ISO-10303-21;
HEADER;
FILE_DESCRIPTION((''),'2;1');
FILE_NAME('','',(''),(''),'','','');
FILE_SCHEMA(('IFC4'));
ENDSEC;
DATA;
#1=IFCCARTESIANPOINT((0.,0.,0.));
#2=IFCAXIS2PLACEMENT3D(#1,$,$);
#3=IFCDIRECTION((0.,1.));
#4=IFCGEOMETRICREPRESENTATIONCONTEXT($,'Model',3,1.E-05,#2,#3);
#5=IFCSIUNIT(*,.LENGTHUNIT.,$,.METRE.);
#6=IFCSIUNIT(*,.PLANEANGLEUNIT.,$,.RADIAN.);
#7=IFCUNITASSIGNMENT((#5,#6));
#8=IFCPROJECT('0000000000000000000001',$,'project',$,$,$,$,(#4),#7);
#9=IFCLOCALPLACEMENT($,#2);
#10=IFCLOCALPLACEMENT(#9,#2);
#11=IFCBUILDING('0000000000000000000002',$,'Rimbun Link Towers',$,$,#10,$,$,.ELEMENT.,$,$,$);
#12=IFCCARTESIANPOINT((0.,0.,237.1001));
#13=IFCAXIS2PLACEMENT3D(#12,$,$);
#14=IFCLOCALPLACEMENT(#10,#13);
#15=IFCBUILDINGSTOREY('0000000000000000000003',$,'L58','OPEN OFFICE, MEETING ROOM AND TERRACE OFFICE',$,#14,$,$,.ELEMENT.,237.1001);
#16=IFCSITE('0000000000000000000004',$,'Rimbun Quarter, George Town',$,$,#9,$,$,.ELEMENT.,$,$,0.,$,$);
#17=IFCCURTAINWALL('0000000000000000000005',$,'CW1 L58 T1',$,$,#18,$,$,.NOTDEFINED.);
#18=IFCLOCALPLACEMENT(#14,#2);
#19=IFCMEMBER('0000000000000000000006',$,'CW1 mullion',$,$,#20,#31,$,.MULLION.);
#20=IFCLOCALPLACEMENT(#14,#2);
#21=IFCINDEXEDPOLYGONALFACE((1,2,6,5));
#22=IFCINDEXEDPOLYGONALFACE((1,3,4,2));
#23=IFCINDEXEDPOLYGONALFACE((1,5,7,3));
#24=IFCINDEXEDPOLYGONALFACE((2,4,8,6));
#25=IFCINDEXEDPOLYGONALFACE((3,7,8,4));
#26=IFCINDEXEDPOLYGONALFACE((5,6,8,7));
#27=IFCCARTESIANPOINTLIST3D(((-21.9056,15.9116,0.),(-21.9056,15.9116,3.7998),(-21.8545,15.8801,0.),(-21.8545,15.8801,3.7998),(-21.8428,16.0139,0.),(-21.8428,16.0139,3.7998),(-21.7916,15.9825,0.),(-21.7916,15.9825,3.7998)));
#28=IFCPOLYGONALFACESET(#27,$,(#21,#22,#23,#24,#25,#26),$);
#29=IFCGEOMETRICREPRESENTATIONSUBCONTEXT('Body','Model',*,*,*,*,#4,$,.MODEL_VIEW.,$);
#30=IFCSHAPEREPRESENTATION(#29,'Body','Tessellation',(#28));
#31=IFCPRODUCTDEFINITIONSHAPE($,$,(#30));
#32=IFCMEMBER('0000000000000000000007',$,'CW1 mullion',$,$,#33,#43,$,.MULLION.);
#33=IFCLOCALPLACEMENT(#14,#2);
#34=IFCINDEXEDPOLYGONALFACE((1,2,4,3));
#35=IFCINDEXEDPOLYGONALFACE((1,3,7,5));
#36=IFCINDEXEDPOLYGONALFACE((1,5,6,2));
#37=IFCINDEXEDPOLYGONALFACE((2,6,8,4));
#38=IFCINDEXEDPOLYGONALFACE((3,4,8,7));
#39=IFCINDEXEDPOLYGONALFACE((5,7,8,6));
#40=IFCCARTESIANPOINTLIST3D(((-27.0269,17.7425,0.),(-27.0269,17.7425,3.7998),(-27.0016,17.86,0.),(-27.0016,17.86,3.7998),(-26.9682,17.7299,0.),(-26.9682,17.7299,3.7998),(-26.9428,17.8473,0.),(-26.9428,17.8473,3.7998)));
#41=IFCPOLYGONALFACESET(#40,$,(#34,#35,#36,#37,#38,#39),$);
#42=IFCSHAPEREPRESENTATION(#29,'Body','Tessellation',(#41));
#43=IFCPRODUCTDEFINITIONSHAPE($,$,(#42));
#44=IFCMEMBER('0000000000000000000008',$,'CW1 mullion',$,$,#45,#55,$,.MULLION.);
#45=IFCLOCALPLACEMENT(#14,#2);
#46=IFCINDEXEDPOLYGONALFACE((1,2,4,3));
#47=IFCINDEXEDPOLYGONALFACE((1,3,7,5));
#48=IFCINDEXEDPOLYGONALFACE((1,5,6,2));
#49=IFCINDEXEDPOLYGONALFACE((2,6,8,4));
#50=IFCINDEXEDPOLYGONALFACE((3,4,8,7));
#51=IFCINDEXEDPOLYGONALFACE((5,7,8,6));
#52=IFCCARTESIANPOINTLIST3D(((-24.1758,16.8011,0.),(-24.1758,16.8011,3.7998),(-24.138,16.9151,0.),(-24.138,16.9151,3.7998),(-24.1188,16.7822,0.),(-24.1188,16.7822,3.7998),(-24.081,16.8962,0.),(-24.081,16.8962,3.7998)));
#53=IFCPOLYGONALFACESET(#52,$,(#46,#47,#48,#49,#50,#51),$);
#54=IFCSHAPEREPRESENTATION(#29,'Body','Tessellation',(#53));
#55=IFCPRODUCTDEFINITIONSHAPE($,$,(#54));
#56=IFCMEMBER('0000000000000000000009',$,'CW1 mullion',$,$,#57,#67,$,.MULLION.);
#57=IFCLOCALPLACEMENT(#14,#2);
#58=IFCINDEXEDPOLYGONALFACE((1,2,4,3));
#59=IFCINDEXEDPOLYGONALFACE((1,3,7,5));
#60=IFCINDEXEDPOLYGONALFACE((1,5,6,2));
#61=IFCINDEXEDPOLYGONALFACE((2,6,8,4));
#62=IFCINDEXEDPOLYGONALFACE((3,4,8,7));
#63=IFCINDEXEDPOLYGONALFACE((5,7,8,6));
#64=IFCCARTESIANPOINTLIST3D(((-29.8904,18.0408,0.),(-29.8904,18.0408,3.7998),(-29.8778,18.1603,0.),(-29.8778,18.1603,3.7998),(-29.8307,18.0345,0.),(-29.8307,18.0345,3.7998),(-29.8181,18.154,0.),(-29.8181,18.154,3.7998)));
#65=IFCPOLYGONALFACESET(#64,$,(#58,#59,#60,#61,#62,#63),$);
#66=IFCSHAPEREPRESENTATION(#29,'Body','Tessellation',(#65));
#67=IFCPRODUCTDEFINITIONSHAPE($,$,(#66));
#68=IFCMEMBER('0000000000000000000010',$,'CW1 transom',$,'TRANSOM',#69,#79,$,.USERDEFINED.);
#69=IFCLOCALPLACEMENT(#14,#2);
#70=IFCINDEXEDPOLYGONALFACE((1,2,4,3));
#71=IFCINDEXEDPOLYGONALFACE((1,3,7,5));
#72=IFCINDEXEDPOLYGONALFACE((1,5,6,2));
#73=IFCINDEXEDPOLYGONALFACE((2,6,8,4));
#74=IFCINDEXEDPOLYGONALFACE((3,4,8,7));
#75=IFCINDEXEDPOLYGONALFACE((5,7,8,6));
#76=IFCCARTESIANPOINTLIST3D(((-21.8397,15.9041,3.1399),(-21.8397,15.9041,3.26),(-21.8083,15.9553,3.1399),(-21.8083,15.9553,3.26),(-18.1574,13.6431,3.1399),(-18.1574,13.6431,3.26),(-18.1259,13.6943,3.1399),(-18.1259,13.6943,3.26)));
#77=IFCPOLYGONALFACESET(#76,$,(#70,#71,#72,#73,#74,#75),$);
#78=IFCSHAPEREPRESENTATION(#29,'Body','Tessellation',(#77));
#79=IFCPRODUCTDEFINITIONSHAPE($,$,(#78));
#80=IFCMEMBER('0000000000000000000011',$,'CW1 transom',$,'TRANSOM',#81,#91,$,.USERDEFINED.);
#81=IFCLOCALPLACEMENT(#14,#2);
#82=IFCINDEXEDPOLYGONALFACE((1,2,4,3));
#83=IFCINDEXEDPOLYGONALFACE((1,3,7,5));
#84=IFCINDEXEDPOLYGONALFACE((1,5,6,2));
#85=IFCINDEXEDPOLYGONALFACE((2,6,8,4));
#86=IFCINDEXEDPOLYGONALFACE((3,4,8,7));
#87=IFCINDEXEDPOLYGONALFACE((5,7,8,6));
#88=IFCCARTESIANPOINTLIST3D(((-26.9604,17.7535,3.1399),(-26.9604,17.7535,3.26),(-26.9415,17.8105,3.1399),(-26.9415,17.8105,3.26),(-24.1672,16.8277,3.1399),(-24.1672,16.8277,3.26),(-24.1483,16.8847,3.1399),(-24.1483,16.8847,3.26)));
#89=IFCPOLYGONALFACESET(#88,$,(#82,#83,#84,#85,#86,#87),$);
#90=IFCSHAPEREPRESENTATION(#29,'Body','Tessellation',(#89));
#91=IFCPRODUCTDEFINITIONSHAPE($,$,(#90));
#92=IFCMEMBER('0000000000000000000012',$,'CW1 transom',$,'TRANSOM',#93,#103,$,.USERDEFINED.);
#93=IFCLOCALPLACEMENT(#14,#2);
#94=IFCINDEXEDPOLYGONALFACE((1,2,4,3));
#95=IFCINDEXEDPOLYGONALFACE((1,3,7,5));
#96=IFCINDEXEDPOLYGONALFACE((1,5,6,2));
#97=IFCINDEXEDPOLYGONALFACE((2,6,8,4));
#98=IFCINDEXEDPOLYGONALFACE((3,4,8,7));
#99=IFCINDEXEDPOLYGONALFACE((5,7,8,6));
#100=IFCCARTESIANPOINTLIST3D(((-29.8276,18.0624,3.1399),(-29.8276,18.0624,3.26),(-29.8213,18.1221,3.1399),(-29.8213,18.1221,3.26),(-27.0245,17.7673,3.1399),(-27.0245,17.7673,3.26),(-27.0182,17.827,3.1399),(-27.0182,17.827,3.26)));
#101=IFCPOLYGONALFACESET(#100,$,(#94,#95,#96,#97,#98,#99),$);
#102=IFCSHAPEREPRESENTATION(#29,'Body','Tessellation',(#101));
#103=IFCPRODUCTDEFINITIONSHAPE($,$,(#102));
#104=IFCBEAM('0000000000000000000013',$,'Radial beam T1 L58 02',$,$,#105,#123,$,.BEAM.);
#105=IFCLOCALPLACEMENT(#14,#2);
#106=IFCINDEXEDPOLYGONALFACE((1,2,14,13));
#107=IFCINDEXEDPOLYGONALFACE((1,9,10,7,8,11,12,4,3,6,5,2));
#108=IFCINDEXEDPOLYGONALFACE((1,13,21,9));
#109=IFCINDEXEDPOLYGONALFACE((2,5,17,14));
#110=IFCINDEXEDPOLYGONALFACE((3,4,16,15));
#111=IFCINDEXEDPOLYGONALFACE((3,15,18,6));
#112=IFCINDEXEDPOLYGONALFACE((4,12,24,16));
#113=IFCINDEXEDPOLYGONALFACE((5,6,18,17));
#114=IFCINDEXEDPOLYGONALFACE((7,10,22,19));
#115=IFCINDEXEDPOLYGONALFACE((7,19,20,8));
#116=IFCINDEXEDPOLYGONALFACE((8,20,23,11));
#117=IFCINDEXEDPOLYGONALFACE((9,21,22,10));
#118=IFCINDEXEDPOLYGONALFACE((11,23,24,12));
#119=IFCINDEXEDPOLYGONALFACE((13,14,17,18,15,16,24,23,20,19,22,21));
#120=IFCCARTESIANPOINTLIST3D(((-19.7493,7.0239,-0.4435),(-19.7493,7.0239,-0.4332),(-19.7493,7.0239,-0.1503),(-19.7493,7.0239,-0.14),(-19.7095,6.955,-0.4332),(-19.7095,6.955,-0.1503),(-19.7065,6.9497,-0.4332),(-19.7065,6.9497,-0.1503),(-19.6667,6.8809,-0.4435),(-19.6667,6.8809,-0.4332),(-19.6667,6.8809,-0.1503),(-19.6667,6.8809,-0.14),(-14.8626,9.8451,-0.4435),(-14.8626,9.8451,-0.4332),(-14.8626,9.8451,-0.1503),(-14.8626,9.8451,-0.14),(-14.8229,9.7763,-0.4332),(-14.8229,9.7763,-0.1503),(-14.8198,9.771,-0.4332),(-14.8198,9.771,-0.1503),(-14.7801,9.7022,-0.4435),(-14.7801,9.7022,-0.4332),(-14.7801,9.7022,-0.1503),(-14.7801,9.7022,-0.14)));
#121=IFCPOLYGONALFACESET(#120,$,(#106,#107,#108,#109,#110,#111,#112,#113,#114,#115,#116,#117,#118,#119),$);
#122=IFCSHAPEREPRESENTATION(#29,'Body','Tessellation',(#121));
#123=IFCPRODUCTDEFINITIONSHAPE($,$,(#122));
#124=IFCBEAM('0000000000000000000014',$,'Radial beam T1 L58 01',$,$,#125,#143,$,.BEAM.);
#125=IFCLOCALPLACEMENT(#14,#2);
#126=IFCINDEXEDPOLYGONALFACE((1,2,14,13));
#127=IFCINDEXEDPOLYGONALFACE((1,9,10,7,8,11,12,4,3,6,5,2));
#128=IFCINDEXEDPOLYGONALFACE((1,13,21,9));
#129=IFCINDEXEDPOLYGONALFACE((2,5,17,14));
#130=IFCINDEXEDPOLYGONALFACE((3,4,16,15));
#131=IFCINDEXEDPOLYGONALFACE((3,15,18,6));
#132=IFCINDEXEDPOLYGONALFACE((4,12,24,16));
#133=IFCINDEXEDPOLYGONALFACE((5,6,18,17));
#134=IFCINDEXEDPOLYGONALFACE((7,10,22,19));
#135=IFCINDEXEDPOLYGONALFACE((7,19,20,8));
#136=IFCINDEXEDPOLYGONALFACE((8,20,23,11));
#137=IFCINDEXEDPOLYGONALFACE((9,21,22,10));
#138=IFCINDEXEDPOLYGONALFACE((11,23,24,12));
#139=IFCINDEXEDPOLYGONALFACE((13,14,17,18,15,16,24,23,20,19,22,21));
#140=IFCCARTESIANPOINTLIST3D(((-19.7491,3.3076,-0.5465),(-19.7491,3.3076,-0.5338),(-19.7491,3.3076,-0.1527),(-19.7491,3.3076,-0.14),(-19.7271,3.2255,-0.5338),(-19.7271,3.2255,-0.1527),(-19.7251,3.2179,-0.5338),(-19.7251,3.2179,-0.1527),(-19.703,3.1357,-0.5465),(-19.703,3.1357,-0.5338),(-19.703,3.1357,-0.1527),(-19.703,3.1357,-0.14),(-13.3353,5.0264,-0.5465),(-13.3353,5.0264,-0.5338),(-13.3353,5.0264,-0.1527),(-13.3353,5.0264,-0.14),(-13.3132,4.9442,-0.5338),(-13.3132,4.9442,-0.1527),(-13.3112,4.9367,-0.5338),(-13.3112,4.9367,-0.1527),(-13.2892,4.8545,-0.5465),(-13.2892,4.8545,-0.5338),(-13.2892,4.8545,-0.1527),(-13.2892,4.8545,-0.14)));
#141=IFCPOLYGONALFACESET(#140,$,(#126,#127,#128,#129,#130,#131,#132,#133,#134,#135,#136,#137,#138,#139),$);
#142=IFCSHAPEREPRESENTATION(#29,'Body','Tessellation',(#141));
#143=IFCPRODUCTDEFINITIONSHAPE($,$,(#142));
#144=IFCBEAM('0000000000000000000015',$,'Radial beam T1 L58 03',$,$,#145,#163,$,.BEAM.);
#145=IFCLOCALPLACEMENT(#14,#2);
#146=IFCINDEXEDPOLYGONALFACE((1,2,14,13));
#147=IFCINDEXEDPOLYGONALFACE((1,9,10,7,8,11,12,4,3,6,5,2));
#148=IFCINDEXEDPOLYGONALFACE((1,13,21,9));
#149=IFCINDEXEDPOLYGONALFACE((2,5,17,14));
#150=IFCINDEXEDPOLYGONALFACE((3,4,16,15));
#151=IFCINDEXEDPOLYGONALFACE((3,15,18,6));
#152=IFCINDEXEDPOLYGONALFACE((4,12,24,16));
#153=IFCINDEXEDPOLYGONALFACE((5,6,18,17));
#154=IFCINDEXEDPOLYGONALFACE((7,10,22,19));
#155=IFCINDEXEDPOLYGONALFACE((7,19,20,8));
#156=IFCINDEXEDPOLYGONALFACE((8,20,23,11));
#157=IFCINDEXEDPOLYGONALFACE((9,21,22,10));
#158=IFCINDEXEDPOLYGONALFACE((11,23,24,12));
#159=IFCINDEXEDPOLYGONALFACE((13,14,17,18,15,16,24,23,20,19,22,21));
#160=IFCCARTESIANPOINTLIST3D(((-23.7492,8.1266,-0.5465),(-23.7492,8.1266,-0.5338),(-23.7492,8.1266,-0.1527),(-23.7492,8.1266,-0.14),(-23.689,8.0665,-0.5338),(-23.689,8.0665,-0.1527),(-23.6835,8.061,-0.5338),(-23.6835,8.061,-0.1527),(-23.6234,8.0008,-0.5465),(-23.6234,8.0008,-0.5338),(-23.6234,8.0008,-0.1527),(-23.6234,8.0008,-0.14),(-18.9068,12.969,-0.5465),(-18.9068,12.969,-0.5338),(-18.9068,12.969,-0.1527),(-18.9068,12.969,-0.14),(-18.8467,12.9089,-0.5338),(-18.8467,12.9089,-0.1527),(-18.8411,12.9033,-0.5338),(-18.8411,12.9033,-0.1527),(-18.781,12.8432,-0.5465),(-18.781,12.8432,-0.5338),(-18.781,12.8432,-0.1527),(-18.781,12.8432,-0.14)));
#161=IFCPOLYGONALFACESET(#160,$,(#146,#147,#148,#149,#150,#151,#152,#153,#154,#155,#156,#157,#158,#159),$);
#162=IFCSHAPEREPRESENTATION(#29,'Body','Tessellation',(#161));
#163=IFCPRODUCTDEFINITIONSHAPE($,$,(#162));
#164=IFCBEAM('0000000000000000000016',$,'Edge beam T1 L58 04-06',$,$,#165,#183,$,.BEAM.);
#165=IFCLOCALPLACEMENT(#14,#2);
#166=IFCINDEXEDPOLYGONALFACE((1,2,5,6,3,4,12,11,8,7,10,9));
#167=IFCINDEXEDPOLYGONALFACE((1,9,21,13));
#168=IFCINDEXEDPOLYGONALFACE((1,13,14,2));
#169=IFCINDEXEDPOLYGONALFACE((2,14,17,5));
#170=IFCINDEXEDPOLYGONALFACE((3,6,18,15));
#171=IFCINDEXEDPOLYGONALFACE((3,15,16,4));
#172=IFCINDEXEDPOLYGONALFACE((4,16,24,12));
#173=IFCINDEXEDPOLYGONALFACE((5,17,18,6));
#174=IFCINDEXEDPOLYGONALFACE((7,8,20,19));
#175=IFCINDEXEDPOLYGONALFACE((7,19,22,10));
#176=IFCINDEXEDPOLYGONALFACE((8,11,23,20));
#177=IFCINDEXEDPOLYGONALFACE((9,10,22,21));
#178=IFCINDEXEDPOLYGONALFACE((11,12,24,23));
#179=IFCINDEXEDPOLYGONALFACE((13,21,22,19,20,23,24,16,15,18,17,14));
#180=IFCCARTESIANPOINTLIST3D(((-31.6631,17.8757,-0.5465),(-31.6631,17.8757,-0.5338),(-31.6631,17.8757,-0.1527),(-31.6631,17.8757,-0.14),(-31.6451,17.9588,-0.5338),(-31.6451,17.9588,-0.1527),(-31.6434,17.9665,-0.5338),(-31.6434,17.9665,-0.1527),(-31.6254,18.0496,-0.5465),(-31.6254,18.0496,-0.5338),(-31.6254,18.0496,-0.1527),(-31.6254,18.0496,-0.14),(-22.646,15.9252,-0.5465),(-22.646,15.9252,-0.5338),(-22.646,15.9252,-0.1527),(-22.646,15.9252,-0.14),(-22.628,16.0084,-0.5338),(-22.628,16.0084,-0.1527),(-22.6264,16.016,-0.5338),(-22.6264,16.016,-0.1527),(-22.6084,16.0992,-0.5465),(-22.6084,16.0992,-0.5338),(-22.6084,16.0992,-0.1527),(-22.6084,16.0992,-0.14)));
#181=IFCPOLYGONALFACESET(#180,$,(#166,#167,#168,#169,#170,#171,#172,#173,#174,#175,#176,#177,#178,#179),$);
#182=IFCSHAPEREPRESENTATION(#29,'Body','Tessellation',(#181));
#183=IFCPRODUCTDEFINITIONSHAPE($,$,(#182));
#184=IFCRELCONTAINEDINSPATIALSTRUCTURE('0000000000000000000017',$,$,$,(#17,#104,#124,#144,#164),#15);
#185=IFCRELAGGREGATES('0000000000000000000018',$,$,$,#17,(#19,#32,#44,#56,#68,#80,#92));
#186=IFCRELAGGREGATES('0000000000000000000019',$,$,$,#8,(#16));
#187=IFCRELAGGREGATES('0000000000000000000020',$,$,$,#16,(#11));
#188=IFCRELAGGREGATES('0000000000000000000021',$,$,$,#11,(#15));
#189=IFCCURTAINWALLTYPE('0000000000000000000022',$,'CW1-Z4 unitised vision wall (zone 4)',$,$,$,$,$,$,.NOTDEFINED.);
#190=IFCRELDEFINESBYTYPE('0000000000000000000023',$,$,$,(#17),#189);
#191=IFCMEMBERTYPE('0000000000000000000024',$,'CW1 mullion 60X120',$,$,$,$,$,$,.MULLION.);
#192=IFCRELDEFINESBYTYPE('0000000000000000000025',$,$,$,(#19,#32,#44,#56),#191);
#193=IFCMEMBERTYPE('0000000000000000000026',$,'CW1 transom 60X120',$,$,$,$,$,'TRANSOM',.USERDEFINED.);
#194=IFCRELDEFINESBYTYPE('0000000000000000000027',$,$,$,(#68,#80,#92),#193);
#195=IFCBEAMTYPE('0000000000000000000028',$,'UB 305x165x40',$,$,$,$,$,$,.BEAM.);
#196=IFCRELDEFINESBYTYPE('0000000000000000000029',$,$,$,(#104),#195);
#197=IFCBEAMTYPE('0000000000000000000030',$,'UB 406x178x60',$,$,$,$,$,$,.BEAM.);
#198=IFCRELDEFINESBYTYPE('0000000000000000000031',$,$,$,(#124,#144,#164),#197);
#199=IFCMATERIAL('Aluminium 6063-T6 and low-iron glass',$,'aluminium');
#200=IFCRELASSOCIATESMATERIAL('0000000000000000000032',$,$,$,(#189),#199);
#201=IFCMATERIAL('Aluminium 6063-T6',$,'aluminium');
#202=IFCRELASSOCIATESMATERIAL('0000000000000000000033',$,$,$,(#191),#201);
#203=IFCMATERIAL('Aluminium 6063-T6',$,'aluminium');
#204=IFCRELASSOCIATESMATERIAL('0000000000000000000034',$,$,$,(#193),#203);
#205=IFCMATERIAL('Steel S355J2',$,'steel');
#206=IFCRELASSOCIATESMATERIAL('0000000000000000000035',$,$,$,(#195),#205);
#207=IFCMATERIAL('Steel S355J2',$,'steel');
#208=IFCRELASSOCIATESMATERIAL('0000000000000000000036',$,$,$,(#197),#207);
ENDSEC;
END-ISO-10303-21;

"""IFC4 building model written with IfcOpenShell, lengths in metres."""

from ifc_helpers import new_model, si_unit, direction, frame, origin, origin_2d, place, context, subcontext, project, spatial, rectangle, i_section, extrude, material, material_profile, profile_set, type_object, element, aggregate, save


model = new_model("IFC4")

# Units and contexts
model_context = context("Model", 3, precision=1e-05, world=origin(), true_north=direction((0.0, 1.0)))
body_context = subcontext(model_context, "Body", "Model", "MODEL_VIEW")
ifc_project = project(units=[si_unit("LENGTHUNIT", "METRE"), si_unit("PLANEANGLEUNIT", "RADIAN")], contexts=[model_context])

# Site, building, storey
site_placement = place(None, origin())
site = spatial("IfcSite", under=ifc_project, at=site_placement, Name="Rimbun Quarter, George Town", CompositionType="ELEMENT", RefElevation=0.0)
building_placement = place(site_placement, origin())
building = spatial("IfcBuilding", under=site, at=building_placement, Name="Rimbun Link Towers", CompositionType="ELEMENT")
storey_placement = place(building_placement, frame((0.0, 0.0, 237.1001)))
storey = spatial("IfcBuildingStorey", under=building, at=storey_placement, Name="L58", Description="OPEN OFFICE, MEETING ROOM AND TERRACE OFFICE", CompositionType="ELEMENT", Elevation=237.1001)

# Curtain wall, members
ifc_material_1 = material(Name="Aluminium 6063-T6 and low-iron glass", Category="aluminium")
curtain_wall_type = type_object("IfcCurtainWallType", Name="CW1-Z4 unitised vision wall (zone 4)", PredefinedType="NOTDEFINED", material=ifc_material_1)
curtain_wall_placement = place(storey_placement, origin())
curtain_wall = element("IfcCurtainWall", 1, at=curtain_wall_placement, inside=storey, type_object=curtain_wall_type, Name="CW1 L58 T1", PredefinedType="NOTDEFINED")
ifc_material_2 = material(Name="Aluminium 6063-T6", Category="aluminium")
ifc_material_profile_1 = material_profile(ifc_material_2, rectangle(XDim=0.1201, YDim=0.0601, at=origin_2d()), Name="MULLION 60X120")
ifc_profile_set_1 = profile_set([ifc_material_profile_1], Name="Aluminium 6063-T6")
member_type_1 = type_object("IfcMemberType", Name="CW1 mullion 60X120", PredefinedType="MULLION", material=ifc_profile_set_1)
member_1_placement = place(storey_placement, frame((-21.8486, 15.947, 0.0), z_axis=(0.0, 0.0, 1.0), x_axis=(0.52324, 0.852185, 0.0)))
member_1 = element("IfcMember", 2, at=member_1_placement, type_object=member_type_1, Name="CW1 mullion", PredefinedType="MULLION", context=body_context, shape_type="SweptSolid", body=[
    extrude(rectangle(XDim=0.1201, YDim=0.0601, at=origin_2d()), origin(), (0.0, 0.0, 1.0), 3.7998),
])
member_2_placement = place(storey_placement, frame((-26.9849, 17.7949, 0.0), z_axis=(0.0, 0.0, 1.0), x_axis=(0.210871, 0.977514, 0.0)))
member_2 = element("IfcMember", 3, at=member_2_placement, type_object=member_type_1, Name="CW1 mullion", PredefinedType="MULLION", context=body_context, shape_type="SweptSolid", body=[
    extrude(rectangle(XDim=0.1201, YDim=0.0601, at=origin_2d()), origin(), (0.0, 0.0, 1.0), 3.7998),
])
member_3_placement = place(storey_placement, frame((-24.1284, 16.8486, 0.0), z_axis=(0.0, 0.0, 1.0), x_axis=(0.31457, 0.949234, 0.0)))
member_3 = element("IfcMember", 4, at=member_3_placement, type_object=member_type_1, Name="CW1 mullion", PredefinedType="MULLION", context=body_context, shape_type="SweptSolid", body=[
    extrude(rectangle(XDim=0.1201, YDim=0.0601, at=origin_2d()), origin(), (0.0, 0.0, 1.0), 3.7998),
])
member_4_placement = place(storey_placement, frame((-29.8542, 18.0974, 0.0), z_axis=(0.0, 0.0, 1.0), x_axis=(0.104736, 0.9945, 0.0)))
member_4 = element("IfcMember", 5, at=member_4_placement, type_object=member_type_1, Name="CW1 mullion", PredefinedType="MULLION", context=body_context, shape_type="SweptSolid", body=[
    extrude(rectangle(XDim=0.1201, YDim=0.0601, at=origin_2d()), origin(), (0.0, 0.0, 1.0), 3.7998),
])
ifc_material_3 = material(Name="Aluminium 6063-T6", Category="aluminium")
ifc_material_profile_2 = material_profile(ifc_material_3, rectangle(XDim=0.0601, YDim=0.1201, at=origin_2d()), Name="TRANSOM 60X120")
ifc_profile_set_2 = profile_set([ifc_material_profile_2], Name="Aluminium 6063-T6")
member_type_2 = type_object("IfcMemberType", Name="CW1 transom 60X120", ElementType="TRANSOM", PredefinedType="USERDEFINED", material=ifc_profile_set_2)
member_5_placement = place(storey_placement, frame((-21.824, 15.9297, 3.2), z_axis=(0.852184, -0.523243, 0.0), x_axis=(0.523243, 0.852184, 0.0)))
member_5 = element("IfcMember", 6, at=member_5_placement, type_object=member_type_2, Name="CW1 transom", ObjectType="TRANSOM", PredefinedType="USERDEFINED", context=body_context, shape_type="SweptSolid", body=[
    extrude(rectangle(XDim=0.0601, YDim=0.1201, at=origin_2d()), origin(), (0.0, 0.0, 1.0), 4.321),
])
member_6_placement = place(storey_placement, frame((-26.9509, 17.782, 3.2), z_axis=(0.949221, -0.314609, 0.0), x_axis=(0.314609, 0.949221, 0.0)))
member_6 = element("IfcMember", 7, at=member_6_placement, type_object=member_type_2, Name="CW1 transom", ObjectType="TRANSOM", PredefinedType="USERDEFINED", context=body_context, shape_type="SweptSolid", body=[
    extrude(rectangle(XDim=0.0601, YDim=0.1201, at=origin_2d()), origin(), (0.0, 0.0, 1.0), 2.9426),
])
member_7_placement = place(storey_placement, frame((-29.8245, 18.0923, 3.2), z_axis=(0.994502, -0.104716, 0.0), x_axis=(0.104716, 0.994502, 0.0)))
member_7 = element("IfcMember", 8, at=member_7_placement, type_object=member_type_2, Name="CW1 transom", ObjectType="TRANSOM", PredefinedType="USERDEFINED", context=body_context, shape_type="SweptSolid", body=[
    extrude(rectangle(XDim=0.0601, YDim=0.1201, at=origin_2d()), origin(), (0.0, 0.0, 1.0), 2.8186),
])

# Beams
ifc_material_4 = material(Name="Steel S355J2", Category="steel")
ifc_material_profile_3 = material_profile(ifc_material_4, i_section(OverallWidth=0.165, OverallDepth=0.3035, WebThickness=0.0061, FlangeThickness=0.0103, at=origin_2d()), Name="UB 305x165x40")
ifc_profile_set_3 = profile_set([ifc_material_profile_3], Name="Steel S355J2")
beam_type_1 = type_object("IfcBeamType", Name="UB 305x165x40", PredefinedType="BEAM", material=ifc_profile_set_3)
beam_1_placement = place(storey_placement, frame((-19.708, 6.9524, -0.2917), z_axis=(0.86603, 0.499992, 0.0), x_axis=(-0.499992, 0.86603, 0.0)))
element("IfcBeam", 9, at=beam_1_placement, inside=storey, type_object=beam_type_1, Name="Radial beam T1 L58 02", PredefinedType="BEAM", context=body_context, shape_type="SweptSolid", body=[
    extrude(i_section(OverallWidth=0.165, OverallDepth=0.3035, WebThickness=0.0061, FlangeThickness=0.0103, at=origin_2d()), origin(), (0.0, 0.0, 1.0), 5.6426),
])
ifc_material_5 = material(Name="Steel S355J2", Category="steel")
ifc_material_profile_4 = material_profile(ifc_material_5, i_section(OverallWidth=0.178, OverallDepth=0.4065, WebThickness=0.0078, FlangeThickness=0.0127, at=origin_2d()), Name="UB 406x178x60")
ifc_profile_set_4 = profile_set([ifc_material_profile_4], Name="Steel S355J2")
beam_type_2 = type_object("IfcBeamType", Name="UB 406x178x60", PredefinedType="BEAM", material=ifc_profile_set_4)
beam_2_placement = place(storey_placement, frame((-19.7261, 3.2217, -0.3433), z_axis=(0.965919, 0.258843, 0.0), x_axis=(-0.258843, 0.965919, 0.0)))
element("IfcBeam", 10, at=beam_2_placement, inside=storey, type_object=beam_type_2, Name="Radial beam T1 L58 01", PredefinedType="BEAM", context=body_context, shape_type="SweptSolid", body=[
    extrude(i_section(OverallWidth=0.178, OverallDepth=0.4065, WebThickness=0.0078, FlangeThickness=0.0127, at=origin_2d()), origin(), (0.0, 0.0, 1.0), 6.6401),
])
beam_3_placement = place(storey_placement, frame((-23.6863, 8.0637, -0.3433), z_axis=(0.707107, 0.707107, 0.0), x_axis=(-0.707107, 0.707107, 0.0)))
element("IfcBeam", 11, at=beam_3_placement, inside=storey, type_object=beam_type_2, Name="Radial beam T1 L58 03", PredefinedType="BEAM", context=body_context, shape_type="SweptSolid", body=[
    extrude(i_section(OverallWidth=0.178, OverallDepth=0.4065, WebThickness=0.0078, FlangeThickness=0.0127, at=origin_2d()), origin(), (0.0, 0.0, 1.0), 6.8481),
])
beam_4_placement = place(storey_placement, frame((-22.6272, 16.0122, -0.3433), z_axis=(-0.977396, 0.211415, 0.0), x_axis=(-0.211415, -0.977396, 0.0)))
element("IfcBeam", 12, at=beam_4_placement, inside=storey, type_object=beam_type_2, Name="Edge beam T1 L58 04-06", PredefinedType="BEAM", context=body_context, shape_type="SweptSolid", body=[
    extrude(i_section(OverallWidth=0.178, OverallDepth=0.4065, WebThickness=0.0078, FlangeThickness=0.0127, at=origin_2d()), origin(), (0.0, 0.0, 1.0), 9.2256),
])

aggregate(curtain_wall, [member_1, member_2, member_3, member_4, member_5, member_6, member_7])

save(model, "model.ifc")
